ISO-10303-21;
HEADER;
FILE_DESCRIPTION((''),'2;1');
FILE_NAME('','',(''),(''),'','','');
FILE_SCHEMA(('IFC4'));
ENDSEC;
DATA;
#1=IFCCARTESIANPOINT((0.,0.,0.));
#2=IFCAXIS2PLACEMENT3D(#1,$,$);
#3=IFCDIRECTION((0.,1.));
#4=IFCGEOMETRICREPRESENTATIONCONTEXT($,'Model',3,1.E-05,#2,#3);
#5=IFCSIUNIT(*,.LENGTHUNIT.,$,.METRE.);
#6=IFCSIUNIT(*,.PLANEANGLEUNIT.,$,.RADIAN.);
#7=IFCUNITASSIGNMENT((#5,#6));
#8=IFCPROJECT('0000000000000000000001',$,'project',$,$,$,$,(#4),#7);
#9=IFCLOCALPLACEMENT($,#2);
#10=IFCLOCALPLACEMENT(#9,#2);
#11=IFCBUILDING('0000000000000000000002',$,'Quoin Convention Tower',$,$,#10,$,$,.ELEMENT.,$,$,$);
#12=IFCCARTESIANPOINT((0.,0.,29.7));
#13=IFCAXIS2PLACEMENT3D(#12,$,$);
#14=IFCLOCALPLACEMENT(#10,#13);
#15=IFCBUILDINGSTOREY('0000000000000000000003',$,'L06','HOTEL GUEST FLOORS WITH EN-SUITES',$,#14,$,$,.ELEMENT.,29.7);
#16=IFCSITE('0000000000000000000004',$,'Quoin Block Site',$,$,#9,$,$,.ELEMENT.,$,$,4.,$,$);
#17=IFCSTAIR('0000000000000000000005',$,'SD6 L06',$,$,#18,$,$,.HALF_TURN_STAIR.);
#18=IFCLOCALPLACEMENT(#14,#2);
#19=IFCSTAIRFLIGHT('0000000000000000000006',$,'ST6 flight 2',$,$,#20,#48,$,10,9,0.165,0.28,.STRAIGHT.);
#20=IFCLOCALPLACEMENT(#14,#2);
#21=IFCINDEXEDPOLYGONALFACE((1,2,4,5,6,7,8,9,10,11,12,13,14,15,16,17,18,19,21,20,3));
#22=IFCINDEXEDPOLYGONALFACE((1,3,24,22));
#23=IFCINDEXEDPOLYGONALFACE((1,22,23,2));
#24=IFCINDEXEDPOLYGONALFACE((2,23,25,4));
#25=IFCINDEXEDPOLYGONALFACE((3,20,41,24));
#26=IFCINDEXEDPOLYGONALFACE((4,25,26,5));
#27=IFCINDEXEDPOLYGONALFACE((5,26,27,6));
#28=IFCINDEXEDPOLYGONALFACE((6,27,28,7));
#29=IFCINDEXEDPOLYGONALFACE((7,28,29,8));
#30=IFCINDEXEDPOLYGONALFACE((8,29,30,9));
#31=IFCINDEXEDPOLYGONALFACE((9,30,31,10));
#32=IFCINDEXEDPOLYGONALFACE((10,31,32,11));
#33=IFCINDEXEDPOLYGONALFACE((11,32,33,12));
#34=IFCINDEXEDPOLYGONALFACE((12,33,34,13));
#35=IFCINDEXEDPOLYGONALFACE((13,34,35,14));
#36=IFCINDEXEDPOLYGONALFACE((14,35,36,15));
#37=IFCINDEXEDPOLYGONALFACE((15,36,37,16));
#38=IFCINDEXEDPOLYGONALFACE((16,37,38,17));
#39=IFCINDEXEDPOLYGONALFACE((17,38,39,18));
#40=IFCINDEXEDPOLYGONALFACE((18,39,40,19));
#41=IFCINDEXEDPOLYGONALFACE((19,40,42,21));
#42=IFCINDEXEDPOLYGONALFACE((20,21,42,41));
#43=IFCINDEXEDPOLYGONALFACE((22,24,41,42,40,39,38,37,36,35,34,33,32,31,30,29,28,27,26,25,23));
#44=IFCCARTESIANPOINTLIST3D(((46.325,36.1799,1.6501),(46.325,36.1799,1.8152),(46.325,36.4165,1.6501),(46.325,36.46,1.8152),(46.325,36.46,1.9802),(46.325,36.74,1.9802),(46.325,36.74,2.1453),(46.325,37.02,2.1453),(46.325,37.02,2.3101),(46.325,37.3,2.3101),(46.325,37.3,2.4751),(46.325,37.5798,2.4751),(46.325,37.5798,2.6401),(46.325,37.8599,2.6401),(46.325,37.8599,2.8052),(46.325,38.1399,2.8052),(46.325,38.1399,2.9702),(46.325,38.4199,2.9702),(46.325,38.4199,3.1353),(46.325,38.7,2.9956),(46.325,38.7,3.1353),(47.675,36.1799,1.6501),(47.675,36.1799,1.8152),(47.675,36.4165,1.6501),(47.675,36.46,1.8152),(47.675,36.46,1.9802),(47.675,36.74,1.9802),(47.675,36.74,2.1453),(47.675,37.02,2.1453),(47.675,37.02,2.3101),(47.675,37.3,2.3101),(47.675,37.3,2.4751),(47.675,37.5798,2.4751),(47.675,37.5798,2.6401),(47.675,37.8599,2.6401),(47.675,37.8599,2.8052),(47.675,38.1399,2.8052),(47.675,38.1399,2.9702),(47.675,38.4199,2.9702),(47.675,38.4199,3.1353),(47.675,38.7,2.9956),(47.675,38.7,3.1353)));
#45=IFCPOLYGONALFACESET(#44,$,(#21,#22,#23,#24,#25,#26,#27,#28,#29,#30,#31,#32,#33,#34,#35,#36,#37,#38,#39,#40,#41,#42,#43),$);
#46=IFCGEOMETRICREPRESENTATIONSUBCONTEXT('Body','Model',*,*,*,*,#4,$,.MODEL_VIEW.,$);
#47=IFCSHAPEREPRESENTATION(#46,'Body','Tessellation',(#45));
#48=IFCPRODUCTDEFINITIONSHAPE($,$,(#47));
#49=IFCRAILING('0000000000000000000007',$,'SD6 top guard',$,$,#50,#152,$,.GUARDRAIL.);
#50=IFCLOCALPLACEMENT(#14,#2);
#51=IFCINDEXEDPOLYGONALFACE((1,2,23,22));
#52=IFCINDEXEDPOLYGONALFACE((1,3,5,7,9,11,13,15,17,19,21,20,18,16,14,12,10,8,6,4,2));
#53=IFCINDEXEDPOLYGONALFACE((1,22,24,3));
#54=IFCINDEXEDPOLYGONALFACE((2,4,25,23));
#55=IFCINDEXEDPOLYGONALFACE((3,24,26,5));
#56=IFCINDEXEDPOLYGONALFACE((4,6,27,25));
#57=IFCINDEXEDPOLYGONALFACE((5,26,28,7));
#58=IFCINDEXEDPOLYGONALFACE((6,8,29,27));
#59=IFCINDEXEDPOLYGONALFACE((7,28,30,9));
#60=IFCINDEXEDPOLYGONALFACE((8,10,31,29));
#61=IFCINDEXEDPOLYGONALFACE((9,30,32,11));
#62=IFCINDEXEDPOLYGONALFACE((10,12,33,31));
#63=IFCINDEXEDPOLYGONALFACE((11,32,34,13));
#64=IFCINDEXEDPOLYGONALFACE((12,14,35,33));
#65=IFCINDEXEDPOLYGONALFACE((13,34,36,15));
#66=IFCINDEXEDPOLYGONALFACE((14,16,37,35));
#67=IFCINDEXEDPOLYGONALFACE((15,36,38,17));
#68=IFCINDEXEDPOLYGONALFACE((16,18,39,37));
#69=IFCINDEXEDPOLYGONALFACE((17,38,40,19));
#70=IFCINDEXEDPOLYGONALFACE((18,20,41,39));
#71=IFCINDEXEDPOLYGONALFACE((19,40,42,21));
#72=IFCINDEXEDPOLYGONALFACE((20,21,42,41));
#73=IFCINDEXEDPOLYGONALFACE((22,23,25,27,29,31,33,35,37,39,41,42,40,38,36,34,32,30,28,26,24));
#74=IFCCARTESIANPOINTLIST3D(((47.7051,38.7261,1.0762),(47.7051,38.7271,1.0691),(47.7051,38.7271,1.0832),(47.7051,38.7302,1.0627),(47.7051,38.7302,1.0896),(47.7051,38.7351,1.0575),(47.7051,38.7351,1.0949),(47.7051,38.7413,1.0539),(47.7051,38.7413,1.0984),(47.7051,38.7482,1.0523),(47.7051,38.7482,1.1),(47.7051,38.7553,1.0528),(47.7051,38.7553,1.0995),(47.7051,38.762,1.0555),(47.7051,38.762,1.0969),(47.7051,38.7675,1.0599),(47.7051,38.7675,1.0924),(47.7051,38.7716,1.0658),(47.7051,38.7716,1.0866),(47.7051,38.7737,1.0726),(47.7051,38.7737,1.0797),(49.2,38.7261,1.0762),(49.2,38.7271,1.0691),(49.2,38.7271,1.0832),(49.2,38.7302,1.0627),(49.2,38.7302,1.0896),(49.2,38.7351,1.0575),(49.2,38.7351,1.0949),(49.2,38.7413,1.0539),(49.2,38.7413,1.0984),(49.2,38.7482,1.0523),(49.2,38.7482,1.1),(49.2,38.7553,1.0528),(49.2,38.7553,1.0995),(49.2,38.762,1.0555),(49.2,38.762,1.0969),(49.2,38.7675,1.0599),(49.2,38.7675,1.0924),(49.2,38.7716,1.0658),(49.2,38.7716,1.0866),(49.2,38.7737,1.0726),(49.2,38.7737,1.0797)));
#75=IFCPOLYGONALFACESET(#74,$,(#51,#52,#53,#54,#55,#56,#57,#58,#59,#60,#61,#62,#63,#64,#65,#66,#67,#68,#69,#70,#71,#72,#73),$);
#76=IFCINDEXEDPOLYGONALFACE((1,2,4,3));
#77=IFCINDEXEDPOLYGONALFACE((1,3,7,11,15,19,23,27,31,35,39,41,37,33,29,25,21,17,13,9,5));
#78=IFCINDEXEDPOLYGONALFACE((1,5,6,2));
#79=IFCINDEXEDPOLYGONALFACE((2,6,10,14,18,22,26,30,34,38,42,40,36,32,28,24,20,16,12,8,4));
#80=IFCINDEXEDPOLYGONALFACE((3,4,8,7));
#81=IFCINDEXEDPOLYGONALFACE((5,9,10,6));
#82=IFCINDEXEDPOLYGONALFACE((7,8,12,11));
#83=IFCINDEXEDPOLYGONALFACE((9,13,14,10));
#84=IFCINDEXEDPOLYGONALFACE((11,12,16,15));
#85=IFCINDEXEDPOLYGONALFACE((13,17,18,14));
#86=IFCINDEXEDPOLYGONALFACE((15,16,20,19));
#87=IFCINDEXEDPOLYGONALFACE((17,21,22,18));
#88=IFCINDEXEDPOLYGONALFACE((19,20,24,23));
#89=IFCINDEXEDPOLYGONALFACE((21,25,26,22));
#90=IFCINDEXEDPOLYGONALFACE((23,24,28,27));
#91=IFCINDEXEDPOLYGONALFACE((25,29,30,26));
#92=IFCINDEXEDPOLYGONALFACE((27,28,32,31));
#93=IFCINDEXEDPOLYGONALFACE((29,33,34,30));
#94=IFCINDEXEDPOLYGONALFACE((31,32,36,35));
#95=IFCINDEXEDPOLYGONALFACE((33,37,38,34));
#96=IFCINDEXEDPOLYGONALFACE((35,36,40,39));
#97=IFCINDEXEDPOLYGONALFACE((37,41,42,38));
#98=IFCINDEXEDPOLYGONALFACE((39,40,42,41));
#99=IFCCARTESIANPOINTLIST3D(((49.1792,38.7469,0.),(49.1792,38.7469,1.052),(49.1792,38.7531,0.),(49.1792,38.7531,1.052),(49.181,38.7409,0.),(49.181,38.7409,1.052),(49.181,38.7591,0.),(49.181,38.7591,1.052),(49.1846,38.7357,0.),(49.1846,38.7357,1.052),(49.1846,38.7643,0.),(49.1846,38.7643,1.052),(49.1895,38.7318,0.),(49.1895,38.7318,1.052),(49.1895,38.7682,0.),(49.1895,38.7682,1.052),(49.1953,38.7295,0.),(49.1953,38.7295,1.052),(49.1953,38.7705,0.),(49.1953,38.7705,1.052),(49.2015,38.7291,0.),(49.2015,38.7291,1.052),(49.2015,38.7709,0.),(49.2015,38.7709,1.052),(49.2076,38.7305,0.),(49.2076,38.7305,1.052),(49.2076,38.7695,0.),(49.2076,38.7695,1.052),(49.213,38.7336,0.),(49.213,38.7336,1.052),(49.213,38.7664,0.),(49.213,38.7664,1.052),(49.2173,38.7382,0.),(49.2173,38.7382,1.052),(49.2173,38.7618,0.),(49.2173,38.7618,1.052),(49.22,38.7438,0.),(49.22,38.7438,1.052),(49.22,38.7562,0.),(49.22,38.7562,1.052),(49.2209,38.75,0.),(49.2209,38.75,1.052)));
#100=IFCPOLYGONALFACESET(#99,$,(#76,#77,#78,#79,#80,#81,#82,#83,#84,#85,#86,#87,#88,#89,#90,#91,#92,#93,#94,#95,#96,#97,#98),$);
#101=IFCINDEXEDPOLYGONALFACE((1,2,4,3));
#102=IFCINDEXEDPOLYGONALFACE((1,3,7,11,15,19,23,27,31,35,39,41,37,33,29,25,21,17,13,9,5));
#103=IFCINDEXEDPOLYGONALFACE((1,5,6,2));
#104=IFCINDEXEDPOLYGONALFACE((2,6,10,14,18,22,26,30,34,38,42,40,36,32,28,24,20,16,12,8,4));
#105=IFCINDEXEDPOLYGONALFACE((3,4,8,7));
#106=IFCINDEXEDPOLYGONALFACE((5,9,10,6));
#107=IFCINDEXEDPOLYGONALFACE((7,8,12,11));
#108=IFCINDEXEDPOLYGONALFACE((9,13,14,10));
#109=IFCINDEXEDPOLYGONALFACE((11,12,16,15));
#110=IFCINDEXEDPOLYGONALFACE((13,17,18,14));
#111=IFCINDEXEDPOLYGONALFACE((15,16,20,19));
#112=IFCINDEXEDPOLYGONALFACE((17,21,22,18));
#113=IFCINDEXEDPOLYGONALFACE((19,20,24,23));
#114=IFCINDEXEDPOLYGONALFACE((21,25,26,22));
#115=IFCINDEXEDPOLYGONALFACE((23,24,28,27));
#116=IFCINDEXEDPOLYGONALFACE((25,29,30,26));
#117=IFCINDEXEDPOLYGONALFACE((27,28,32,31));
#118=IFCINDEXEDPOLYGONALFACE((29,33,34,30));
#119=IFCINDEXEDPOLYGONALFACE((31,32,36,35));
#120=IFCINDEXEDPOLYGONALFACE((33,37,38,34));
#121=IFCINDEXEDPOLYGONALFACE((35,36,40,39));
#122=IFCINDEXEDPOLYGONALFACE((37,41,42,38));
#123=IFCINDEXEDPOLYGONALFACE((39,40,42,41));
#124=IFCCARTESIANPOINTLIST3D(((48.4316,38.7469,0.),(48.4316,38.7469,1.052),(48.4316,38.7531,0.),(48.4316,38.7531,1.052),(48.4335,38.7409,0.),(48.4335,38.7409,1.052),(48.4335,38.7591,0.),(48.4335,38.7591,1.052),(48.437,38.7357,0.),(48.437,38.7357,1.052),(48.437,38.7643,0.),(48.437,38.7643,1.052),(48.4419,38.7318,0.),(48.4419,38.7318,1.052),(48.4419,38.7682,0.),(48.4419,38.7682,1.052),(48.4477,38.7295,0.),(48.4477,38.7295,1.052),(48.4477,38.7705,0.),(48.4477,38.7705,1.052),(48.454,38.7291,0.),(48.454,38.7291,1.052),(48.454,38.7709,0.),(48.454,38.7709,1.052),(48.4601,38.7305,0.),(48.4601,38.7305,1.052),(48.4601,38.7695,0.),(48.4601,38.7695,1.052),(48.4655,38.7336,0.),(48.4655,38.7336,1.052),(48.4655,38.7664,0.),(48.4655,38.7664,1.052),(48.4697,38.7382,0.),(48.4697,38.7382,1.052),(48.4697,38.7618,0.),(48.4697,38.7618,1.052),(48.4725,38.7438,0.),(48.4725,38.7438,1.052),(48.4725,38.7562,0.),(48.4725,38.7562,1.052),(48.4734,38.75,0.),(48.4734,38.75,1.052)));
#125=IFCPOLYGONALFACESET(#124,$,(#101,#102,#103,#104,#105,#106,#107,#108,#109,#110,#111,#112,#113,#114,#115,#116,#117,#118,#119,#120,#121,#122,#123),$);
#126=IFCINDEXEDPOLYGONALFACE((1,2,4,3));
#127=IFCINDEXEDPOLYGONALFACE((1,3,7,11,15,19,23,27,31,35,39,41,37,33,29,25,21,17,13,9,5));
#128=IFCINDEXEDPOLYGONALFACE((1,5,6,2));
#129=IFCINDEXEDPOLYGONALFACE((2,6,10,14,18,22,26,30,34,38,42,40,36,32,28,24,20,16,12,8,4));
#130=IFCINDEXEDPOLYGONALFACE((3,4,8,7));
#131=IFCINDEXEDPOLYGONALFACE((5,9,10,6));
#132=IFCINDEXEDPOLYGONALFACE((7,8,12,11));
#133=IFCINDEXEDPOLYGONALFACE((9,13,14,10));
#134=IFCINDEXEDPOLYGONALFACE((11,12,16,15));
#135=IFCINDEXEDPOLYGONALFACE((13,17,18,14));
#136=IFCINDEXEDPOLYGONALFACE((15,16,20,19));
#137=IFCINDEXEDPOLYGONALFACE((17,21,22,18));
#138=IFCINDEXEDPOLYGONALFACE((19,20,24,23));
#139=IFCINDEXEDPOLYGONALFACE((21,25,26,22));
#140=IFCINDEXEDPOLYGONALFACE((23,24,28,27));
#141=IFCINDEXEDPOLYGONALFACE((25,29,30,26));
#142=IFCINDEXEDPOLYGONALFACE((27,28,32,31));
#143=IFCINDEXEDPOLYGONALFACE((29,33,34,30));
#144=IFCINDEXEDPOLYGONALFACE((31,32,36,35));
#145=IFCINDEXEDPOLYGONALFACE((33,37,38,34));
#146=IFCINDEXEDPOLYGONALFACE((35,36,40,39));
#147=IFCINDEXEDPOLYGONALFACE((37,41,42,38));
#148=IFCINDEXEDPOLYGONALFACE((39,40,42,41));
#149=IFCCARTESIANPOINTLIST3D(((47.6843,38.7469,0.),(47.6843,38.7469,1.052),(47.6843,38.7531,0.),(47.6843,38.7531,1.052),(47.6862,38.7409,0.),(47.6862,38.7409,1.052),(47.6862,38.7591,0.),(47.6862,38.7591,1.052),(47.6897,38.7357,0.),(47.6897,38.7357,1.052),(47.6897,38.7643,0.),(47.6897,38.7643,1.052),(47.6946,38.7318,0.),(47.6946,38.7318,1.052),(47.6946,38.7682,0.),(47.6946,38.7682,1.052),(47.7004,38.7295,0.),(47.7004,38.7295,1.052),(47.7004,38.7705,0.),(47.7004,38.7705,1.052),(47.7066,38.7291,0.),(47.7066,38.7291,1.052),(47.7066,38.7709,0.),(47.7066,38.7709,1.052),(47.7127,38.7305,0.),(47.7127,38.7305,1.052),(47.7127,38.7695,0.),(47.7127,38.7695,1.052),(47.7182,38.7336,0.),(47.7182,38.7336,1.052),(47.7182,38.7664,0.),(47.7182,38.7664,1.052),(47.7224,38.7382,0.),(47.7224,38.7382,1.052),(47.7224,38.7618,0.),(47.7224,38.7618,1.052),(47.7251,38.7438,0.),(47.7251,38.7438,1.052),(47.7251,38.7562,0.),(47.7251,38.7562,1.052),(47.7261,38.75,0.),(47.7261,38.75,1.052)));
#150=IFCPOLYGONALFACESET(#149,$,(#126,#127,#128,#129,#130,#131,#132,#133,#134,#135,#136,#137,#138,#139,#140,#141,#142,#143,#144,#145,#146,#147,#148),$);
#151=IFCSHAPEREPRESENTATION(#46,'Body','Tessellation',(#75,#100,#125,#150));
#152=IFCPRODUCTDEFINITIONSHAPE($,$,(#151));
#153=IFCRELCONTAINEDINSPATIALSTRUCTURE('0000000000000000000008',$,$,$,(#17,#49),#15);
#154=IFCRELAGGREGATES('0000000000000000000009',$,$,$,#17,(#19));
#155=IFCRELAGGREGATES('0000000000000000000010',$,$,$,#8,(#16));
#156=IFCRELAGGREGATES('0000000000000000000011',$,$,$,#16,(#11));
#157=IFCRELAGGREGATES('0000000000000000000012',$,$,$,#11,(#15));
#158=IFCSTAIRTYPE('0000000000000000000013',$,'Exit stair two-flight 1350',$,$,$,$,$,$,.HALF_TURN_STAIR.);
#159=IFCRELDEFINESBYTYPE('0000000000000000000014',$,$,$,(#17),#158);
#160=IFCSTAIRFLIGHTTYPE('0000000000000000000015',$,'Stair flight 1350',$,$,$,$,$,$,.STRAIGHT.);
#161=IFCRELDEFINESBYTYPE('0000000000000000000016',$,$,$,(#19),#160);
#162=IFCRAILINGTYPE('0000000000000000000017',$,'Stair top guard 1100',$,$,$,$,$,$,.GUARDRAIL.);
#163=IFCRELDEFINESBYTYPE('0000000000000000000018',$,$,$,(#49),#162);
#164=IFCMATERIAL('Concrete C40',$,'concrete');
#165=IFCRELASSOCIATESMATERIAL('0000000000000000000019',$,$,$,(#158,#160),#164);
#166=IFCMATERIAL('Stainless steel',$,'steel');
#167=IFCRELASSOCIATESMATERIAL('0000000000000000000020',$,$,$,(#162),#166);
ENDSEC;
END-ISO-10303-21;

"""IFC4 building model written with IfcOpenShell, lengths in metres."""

from ifc_helpers import new_model, si_unit, direction, frame, origin, origin_2d, place, context, subcontext, project, spatial, polyline, circle, outline, extrude, material, type_object, element, aggregate, save


model = new_model("IFC4")

# Units and contexts
model_context = context("Model", 3, precision=1e-05, world=origin(), true_north=direction((0.0, 1.0)))
body_context = subcontext(model_context, "Body", "Model", "MODEL_VIEW")
ifc_project = project(units=[si_unit("LENGTHUNIT", "METRE"), si_unit("PLANEANGLEUNIT", "RADIAN")], contexts=[model_context])

# Site, building, storey
site_placement = place(None, origin())
site = spatial("IfcSite", under=ifc_project, at=site_placement, Name="Quoin Block Site", CompositionType="ELEMENT", RefElevation=4.0)
building_placement = place(site_placement, origin())
building = spatial("IfcBuilding", under=site, at=building_placement, Name="Quoin Convention Tower", CompositionType="ELEMENT")
storey_placement = place(building_placement, frame((0.0, 0.0, 29.7)))
storey = spatial("IfcBuildingStorey", under=building, at=storey_placement, Name="L06", Description="HOTEL GUEST FLOORS WITH EN-SUITES", CompositionType="ELEMENT", Elevation=29.7)

# Shared definitions
ifc_material_1 = material(Name="Concrete C40", Category="concrete")
stair_type = type_object("IfcStairType", Name="Exit stair two-flight 1350", PredefinedType="HALF_TURN_STAIR", material=ifc_material_1)
stair_flight_type = type_object("IfcStairFlightType", Name="Stair flight 1350", PredefinedType="STRAIGHT", material=ifc_material_1)

# Stair, stair flight
stair_1_placement = place(storey_placement, origin())
stair_1 = element("IfcStair", 1, at=stair_1_placement, inside=storey, type_object=stair_type, Name="SD6 L06", PredefinedType="HALF_TURN_STAIR")
stair_flight_1_placement = place(storey_placement, frame((47.0, 36.1799, 1.6501), z_axis=(0.0, 0.0, 1.0), x_axis=(0.0, 1.0, 0.0)))
stair_flight_1 = element("IfcStairFlight", 2, at=stair_flight_1_placement, type_object=stair_flight_type, Name="ST6 flight 2", NumberOfRisers=10, NumberOfTreads=9, PredefinedType="STRAIGHT", RiserHeight=0.165, TreadLength=0.28, context=body_context, shape_type="SweptSolid", body=[
    extrude(outline(polyline([(0.0, 0.0), (0.0, 0.165), (0.28, 0.165), (0.28, 0.3301), (0.5601, 0.3301), (0.5601, 0.4951), (0.8401, 0.4951), (0.8401, 0.6599), (1.1201, 0.6599), (1.1201, 0.825), (1.3999, 0.825), (1.3999, 0.99), (1.6799, 0.99), (1.6799, 1.155), (1.96, 1.155), (1.96, 1.3201), (2.24, 1.3201), (2.24, 1.4851), (2.52, 1.4851), (2.52, 1.6499), (2.52, 1.3455), (0.2366, 0.0), (0.0, 0.0)])), frame((0.0, 0.675, 0.0), z_axis=(0.0, -1.0, 0.0), x_axis=(1.0, 0.0, 0.0)), (0.0, 0.0, 1.0), 1.3501),
])
aggregate(stair_1, [stair_flight_1])

# Railing
ifc_material_2 = material(Name="Stainless steel", Category="steel")
railing_type_1 = type_object("IfcRailingType", Name="Stair top guard 1100", PredefinedType="GUARDRAIL", material=ifc_material_2)
railing_1_placement = place(storey_placement, frame((49.2, 38.75, 0.0)))
element("IfcRailing", 3, at=railing_1_placement, inside=storey, type_object=railing_type_1, Name="SD6 top guard", PredefinedType="GUARDRAIL", context=body_context, shape_type="SweptSolid", body=[
    extrude(circle(Radius=0.0239, at=origin_2d()), frame((0.0, 0.0, 1.0762), z_axis=(-1.0, 0.0, 0.0), x_axis=(0.0, -1.0, 0.0)), (0.0, 0.0, 1.0), 1.4949),
    extrude(circle(Radius=0.021, at=origin_2d()), origin(), (0.0, 0.0, 1.0), 1.052),
    extrude(circle(Radius=0.021, at=origin_2d()), frame((-0.7476, 0.0, 0.0)), (0.0, 0.0, 1.0), 1.052),
    extrude(circle(Radius=0.021, at=origin_2d()), frame((-1.4949, 0.0, 0.0)), (0.0, 0.0, 1.0), 1.052),
])

save(model, "model.ifc")
